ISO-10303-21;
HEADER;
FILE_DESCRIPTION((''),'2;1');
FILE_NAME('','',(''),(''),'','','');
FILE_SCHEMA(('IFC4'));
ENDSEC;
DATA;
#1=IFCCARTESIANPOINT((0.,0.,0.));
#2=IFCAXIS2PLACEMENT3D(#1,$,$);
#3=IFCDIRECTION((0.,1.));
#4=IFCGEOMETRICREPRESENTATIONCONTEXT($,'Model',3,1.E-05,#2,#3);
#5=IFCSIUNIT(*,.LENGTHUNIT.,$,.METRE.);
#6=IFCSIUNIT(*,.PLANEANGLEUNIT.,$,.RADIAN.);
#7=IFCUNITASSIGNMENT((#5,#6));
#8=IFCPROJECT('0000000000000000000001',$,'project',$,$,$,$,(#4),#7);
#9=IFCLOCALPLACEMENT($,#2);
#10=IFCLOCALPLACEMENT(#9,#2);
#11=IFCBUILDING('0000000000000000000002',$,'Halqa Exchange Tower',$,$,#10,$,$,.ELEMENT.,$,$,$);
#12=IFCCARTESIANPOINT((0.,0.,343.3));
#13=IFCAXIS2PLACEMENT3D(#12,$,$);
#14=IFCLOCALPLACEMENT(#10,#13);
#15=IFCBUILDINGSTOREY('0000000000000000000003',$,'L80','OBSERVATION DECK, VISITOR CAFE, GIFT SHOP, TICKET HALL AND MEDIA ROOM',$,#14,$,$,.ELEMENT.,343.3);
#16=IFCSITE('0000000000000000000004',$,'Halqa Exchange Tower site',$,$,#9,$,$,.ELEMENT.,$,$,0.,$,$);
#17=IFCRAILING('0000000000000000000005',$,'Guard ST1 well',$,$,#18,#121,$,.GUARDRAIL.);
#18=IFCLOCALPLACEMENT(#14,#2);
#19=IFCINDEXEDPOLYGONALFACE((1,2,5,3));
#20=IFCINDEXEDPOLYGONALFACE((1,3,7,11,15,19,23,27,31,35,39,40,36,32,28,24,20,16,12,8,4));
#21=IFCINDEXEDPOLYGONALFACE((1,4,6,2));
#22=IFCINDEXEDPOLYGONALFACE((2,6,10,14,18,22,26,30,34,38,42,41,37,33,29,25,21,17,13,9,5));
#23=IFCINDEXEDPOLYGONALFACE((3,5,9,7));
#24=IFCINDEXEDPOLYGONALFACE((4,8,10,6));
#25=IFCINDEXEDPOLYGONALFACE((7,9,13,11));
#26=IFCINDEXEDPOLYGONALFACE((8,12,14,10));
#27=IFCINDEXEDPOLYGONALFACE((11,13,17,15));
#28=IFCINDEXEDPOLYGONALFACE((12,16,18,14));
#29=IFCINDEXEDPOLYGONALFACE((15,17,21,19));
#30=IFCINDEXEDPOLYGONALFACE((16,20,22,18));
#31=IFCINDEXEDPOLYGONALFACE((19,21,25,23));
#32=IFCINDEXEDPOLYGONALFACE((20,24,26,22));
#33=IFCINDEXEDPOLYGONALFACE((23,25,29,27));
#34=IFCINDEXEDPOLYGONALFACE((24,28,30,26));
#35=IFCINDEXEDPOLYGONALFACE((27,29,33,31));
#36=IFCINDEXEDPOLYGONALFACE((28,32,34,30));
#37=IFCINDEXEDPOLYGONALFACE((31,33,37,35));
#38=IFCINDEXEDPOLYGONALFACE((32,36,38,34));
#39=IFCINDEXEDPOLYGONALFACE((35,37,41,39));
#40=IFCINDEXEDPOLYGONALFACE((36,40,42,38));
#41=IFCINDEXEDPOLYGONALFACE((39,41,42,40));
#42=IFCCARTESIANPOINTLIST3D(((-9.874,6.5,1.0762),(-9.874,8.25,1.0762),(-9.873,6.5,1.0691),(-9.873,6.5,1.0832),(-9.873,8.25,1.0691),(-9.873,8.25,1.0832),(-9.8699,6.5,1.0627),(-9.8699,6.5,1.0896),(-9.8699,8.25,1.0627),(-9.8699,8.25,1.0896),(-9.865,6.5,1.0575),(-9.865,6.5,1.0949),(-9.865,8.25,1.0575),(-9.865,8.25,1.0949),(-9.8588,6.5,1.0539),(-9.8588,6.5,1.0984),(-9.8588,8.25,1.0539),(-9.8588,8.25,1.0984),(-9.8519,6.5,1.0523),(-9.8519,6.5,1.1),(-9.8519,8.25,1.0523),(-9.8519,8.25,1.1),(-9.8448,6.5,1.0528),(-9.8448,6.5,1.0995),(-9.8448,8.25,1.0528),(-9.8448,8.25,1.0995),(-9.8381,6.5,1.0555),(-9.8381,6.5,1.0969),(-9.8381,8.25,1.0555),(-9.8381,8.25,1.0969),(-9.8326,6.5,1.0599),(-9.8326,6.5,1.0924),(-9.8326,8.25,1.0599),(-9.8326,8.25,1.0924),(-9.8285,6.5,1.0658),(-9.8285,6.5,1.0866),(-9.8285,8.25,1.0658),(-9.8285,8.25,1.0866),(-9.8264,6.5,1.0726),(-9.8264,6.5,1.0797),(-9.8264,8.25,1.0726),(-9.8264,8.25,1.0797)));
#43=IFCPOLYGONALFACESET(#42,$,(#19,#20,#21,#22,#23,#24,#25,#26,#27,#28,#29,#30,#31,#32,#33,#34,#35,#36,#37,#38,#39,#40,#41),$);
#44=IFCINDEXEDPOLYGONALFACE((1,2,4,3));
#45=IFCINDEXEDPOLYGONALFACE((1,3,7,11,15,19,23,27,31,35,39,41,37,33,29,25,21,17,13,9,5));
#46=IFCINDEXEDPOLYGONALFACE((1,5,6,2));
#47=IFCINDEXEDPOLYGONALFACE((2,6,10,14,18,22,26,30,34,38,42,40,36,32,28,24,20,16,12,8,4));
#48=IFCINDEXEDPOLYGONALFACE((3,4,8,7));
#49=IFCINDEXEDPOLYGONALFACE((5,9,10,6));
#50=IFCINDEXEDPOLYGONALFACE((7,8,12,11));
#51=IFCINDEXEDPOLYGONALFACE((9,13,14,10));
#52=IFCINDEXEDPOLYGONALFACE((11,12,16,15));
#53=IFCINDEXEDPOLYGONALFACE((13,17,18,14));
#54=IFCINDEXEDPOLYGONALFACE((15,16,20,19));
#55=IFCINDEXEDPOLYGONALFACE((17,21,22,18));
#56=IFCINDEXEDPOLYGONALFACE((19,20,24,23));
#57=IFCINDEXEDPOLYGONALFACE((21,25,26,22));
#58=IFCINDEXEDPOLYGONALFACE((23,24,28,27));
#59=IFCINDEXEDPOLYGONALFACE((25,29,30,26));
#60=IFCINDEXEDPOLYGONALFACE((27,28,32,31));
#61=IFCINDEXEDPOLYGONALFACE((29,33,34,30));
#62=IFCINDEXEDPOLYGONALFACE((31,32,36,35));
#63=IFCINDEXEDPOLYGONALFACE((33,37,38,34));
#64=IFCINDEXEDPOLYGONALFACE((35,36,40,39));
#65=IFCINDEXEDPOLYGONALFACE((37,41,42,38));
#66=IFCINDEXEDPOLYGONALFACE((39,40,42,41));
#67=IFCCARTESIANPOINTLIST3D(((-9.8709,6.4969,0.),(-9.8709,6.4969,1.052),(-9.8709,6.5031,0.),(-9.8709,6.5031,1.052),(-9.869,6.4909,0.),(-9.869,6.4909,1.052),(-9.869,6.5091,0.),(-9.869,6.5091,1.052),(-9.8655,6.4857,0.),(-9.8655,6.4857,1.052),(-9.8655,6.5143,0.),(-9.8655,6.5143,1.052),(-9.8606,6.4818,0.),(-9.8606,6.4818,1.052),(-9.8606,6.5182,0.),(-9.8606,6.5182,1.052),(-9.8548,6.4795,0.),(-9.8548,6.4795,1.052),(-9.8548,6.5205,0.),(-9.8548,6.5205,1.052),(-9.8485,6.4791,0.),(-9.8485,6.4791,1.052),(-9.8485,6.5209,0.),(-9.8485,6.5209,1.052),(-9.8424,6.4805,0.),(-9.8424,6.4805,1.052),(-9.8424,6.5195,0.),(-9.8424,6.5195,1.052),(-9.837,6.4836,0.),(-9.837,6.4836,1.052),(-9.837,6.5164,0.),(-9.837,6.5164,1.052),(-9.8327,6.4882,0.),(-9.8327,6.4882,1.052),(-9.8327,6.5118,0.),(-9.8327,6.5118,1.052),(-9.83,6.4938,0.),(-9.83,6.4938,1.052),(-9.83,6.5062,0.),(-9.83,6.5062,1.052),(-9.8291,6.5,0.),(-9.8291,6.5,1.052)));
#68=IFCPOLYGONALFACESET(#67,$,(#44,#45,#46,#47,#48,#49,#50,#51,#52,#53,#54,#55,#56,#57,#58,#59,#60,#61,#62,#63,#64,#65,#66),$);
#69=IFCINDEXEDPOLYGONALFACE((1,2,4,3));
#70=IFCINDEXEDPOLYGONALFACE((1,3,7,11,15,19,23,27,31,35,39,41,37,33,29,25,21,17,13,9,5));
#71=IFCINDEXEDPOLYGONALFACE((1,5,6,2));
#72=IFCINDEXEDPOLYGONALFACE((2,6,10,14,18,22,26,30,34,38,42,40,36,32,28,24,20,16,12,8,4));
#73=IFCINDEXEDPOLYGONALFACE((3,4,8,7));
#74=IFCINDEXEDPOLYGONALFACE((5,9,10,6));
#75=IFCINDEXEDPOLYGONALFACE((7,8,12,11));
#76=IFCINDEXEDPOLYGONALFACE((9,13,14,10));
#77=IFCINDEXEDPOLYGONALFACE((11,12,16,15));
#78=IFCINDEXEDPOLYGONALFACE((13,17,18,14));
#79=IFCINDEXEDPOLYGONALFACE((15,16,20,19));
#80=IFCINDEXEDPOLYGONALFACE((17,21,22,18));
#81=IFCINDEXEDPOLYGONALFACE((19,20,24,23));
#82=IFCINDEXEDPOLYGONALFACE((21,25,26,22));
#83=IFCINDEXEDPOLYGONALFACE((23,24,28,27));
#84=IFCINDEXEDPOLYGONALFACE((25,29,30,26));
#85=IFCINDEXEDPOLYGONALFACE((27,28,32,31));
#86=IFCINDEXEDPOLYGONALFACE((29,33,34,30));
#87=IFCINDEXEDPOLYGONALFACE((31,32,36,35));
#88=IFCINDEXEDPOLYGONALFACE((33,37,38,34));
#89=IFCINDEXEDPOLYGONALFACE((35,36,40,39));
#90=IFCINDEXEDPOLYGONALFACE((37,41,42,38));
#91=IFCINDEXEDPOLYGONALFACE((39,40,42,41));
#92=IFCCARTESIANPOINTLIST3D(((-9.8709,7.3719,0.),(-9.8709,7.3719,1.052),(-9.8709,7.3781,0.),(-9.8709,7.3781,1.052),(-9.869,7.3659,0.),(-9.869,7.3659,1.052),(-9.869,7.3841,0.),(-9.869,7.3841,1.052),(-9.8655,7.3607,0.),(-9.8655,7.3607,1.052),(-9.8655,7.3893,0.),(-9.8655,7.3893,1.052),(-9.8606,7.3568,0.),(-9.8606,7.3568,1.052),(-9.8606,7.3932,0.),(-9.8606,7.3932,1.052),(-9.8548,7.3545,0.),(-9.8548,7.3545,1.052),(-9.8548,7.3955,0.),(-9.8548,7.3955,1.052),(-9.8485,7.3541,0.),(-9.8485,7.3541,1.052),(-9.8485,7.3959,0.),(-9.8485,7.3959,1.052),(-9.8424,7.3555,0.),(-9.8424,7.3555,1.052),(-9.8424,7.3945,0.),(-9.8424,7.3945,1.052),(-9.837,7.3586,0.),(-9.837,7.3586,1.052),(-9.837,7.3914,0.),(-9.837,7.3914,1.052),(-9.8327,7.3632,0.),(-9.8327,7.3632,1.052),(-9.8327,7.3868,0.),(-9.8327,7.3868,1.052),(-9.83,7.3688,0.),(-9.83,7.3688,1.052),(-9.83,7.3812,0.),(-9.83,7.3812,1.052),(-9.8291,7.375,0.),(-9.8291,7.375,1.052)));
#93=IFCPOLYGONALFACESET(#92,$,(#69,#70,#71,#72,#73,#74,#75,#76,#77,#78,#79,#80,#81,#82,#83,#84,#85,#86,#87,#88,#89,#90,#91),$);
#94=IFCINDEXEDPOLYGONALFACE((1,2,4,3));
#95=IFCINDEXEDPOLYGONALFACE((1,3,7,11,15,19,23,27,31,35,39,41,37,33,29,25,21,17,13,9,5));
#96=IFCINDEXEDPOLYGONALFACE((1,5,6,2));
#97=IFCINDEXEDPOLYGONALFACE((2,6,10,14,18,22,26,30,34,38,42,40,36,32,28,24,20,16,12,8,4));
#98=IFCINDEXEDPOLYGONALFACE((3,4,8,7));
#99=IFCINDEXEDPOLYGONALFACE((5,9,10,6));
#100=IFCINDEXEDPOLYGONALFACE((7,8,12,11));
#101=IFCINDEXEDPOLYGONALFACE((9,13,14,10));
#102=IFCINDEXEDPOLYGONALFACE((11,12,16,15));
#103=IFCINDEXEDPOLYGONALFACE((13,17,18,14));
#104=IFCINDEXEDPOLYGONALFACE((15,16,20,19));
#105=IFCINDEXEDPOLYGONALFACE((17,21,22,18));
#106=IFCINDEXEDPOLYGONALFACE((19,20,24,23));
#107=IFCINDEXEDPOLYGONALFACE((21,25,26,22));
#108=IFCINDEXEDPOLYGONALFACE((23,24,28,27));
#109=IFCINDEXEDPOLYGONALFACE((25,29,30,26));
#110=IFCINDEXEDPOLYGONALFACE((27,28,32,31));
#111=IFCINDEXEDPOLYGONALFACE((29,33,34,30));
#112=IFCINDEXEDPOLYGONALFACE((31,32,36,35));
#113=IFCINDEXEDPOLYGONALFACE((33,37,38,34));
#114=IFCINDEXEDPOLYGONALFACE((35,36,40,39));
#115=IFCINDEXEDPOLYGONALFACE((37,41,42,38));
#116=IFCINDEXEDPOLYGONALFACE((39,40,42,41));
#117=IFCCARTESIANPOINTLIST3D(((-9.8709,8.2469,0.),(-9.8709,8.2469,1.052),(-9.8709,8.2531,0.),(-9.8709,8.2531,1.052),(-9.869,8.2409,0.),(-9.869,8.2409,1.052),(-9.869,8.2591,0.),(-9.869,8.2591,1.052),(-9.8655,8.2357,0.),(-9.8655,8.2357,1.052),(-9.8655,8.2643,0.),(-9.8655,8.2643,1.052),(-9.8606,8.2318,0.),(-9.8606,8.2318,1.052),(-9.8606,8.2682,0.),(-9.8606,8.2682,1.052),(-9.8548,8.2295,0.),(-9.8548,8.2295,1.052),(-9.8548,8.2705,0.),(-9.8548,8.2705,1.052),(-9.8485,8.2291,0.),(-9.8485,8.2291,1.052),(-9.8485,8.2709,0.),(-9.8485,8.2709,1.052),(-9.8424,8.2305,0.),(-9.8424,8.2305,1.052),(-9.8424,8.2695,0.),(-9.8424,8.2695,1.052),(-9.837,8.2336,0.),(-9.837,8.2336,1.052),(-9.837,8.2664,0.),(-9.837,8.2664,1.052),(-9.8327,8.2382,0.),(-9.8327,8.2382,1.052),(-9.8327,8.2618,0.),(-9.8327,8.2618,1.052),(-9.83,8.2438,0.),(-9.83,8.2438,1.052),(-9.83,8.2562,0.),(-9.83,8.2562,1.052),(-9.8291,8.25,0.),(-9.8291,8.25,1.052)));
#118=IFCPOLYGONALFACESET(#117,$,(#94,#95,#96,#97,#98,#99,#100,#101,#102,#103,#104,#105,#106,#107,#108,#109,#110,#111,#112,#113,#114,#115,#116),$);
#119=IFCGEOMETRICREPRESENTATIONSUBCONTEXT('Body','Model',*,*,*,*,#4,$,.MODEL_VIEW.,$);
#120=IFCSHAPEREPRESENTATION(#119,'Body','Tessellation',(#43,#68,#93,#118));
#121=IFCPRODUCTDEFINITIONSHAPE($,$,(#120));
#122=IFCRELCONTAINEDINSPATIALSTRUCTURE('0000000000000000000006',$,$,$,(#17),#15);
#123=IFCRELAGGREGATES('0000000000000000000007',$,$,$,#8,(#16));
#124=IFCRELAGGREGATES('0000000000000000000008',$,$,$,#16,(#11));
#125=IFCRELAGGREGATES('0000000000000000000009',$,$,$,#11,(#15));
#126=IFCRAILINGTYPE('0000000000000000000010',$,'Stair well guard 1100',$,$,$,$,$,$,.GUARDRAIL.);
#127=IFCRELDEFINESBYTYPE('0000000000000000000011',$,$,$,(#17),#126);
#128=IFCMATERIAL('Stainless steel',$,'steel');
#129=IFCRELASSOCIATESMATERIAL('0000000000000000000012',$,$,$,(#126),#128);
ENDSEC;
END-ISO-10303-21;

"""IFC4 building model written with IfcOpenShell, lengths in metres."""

from ifc_helpers import new_model, si_unit, direction, frame, origin, origin_2d, place, context, subcontext, project, spatial, circle, extrude, material, type_object, element, save


model = new_model("IFC4")

# Units and contexts
model_context = context("Model", 3, precision=1e-05, world=origin(), true_north=direction((0.0, 1.0)))
body_context = subcontext(model_context, "Body", "Model", "MODEL_VIEW")
ifc_project = project(units=[si_unit("LENGTHUNIT", "METRE"), si_unit("PLANEANGLEUNIT", "RADIAN")], contexts=[model_context])

# Site, building, storey
site_placement = place(None, origin())
site = spatial("IfcSite", under=ifc_project, at=site_placement, Name="Halqa Exchange Tower site", CompositionType="ELEMENT", RefElevation=0.0)
building_placement = place(site_placement, origin())
building = spatial("IfcBuilding", under=site, at=building_placement, Name="Halqa Exchange Tower", CompositionType="ELEMENT")
storey_placement = place(building_placement, frame((0.0, 0.0, 343.3)))
storey = spatial("IfcBuildingStorey", under=building, at=storey_placement, Name="L80", Description="OBSERVATION DECK, VISITOR CAFE, GIFT SHOP, TICKET HALL AND MEDIA ROOM", CompositionType="ELEMENT", Elevation=343.3)

# Shared definitions
ifc_material_1 = material(Name="Stainless steel", Category="steel")

# Railing
railing_type_1 = type_object("IfcRailingType", Name="Stair well guard 1100", PredefinedType="GUARDRAIL", material=ifc_material_1)
railing_1_placement = place(storey_placement, frame((-9.8501, 6.5, 0.0)))
element("IfcRailing", 1, at=railing_1_placement, inside=storey, type_object=railing_type_1, Name="Guard ST1 well", PredefinedType="GUARDRAIL", context=body_context, shape_type="SweptSolid", body=[
    extrude(circle(Radius=0.0239, at=origin_2d()), frame((0.0, 0.0, 1.0762), z_axis=(0.0, 1.0, 0.0), x_axis=(-1.0, 0.0, 0.0)), (0.0, 0.0, 1.0), 1.75),
    extrude(circle(Radius=0.021, at=origin_2d()), origin(), (0.0, 0.0, 1.0), 1.052),
    extrude(circle(Radius=0.021, at=origin_2d()), frame((0.0, 0.875, 0.0)), (0.0, 0.0, 1.0), 1.052),
    extrude(circle(Radius=0.021, at=origin_2d()), frame((0.0, 1.75, 0.0)), (0.0, 0.0, 1.0), 1.052),
])

save(model, "model.ifc")
